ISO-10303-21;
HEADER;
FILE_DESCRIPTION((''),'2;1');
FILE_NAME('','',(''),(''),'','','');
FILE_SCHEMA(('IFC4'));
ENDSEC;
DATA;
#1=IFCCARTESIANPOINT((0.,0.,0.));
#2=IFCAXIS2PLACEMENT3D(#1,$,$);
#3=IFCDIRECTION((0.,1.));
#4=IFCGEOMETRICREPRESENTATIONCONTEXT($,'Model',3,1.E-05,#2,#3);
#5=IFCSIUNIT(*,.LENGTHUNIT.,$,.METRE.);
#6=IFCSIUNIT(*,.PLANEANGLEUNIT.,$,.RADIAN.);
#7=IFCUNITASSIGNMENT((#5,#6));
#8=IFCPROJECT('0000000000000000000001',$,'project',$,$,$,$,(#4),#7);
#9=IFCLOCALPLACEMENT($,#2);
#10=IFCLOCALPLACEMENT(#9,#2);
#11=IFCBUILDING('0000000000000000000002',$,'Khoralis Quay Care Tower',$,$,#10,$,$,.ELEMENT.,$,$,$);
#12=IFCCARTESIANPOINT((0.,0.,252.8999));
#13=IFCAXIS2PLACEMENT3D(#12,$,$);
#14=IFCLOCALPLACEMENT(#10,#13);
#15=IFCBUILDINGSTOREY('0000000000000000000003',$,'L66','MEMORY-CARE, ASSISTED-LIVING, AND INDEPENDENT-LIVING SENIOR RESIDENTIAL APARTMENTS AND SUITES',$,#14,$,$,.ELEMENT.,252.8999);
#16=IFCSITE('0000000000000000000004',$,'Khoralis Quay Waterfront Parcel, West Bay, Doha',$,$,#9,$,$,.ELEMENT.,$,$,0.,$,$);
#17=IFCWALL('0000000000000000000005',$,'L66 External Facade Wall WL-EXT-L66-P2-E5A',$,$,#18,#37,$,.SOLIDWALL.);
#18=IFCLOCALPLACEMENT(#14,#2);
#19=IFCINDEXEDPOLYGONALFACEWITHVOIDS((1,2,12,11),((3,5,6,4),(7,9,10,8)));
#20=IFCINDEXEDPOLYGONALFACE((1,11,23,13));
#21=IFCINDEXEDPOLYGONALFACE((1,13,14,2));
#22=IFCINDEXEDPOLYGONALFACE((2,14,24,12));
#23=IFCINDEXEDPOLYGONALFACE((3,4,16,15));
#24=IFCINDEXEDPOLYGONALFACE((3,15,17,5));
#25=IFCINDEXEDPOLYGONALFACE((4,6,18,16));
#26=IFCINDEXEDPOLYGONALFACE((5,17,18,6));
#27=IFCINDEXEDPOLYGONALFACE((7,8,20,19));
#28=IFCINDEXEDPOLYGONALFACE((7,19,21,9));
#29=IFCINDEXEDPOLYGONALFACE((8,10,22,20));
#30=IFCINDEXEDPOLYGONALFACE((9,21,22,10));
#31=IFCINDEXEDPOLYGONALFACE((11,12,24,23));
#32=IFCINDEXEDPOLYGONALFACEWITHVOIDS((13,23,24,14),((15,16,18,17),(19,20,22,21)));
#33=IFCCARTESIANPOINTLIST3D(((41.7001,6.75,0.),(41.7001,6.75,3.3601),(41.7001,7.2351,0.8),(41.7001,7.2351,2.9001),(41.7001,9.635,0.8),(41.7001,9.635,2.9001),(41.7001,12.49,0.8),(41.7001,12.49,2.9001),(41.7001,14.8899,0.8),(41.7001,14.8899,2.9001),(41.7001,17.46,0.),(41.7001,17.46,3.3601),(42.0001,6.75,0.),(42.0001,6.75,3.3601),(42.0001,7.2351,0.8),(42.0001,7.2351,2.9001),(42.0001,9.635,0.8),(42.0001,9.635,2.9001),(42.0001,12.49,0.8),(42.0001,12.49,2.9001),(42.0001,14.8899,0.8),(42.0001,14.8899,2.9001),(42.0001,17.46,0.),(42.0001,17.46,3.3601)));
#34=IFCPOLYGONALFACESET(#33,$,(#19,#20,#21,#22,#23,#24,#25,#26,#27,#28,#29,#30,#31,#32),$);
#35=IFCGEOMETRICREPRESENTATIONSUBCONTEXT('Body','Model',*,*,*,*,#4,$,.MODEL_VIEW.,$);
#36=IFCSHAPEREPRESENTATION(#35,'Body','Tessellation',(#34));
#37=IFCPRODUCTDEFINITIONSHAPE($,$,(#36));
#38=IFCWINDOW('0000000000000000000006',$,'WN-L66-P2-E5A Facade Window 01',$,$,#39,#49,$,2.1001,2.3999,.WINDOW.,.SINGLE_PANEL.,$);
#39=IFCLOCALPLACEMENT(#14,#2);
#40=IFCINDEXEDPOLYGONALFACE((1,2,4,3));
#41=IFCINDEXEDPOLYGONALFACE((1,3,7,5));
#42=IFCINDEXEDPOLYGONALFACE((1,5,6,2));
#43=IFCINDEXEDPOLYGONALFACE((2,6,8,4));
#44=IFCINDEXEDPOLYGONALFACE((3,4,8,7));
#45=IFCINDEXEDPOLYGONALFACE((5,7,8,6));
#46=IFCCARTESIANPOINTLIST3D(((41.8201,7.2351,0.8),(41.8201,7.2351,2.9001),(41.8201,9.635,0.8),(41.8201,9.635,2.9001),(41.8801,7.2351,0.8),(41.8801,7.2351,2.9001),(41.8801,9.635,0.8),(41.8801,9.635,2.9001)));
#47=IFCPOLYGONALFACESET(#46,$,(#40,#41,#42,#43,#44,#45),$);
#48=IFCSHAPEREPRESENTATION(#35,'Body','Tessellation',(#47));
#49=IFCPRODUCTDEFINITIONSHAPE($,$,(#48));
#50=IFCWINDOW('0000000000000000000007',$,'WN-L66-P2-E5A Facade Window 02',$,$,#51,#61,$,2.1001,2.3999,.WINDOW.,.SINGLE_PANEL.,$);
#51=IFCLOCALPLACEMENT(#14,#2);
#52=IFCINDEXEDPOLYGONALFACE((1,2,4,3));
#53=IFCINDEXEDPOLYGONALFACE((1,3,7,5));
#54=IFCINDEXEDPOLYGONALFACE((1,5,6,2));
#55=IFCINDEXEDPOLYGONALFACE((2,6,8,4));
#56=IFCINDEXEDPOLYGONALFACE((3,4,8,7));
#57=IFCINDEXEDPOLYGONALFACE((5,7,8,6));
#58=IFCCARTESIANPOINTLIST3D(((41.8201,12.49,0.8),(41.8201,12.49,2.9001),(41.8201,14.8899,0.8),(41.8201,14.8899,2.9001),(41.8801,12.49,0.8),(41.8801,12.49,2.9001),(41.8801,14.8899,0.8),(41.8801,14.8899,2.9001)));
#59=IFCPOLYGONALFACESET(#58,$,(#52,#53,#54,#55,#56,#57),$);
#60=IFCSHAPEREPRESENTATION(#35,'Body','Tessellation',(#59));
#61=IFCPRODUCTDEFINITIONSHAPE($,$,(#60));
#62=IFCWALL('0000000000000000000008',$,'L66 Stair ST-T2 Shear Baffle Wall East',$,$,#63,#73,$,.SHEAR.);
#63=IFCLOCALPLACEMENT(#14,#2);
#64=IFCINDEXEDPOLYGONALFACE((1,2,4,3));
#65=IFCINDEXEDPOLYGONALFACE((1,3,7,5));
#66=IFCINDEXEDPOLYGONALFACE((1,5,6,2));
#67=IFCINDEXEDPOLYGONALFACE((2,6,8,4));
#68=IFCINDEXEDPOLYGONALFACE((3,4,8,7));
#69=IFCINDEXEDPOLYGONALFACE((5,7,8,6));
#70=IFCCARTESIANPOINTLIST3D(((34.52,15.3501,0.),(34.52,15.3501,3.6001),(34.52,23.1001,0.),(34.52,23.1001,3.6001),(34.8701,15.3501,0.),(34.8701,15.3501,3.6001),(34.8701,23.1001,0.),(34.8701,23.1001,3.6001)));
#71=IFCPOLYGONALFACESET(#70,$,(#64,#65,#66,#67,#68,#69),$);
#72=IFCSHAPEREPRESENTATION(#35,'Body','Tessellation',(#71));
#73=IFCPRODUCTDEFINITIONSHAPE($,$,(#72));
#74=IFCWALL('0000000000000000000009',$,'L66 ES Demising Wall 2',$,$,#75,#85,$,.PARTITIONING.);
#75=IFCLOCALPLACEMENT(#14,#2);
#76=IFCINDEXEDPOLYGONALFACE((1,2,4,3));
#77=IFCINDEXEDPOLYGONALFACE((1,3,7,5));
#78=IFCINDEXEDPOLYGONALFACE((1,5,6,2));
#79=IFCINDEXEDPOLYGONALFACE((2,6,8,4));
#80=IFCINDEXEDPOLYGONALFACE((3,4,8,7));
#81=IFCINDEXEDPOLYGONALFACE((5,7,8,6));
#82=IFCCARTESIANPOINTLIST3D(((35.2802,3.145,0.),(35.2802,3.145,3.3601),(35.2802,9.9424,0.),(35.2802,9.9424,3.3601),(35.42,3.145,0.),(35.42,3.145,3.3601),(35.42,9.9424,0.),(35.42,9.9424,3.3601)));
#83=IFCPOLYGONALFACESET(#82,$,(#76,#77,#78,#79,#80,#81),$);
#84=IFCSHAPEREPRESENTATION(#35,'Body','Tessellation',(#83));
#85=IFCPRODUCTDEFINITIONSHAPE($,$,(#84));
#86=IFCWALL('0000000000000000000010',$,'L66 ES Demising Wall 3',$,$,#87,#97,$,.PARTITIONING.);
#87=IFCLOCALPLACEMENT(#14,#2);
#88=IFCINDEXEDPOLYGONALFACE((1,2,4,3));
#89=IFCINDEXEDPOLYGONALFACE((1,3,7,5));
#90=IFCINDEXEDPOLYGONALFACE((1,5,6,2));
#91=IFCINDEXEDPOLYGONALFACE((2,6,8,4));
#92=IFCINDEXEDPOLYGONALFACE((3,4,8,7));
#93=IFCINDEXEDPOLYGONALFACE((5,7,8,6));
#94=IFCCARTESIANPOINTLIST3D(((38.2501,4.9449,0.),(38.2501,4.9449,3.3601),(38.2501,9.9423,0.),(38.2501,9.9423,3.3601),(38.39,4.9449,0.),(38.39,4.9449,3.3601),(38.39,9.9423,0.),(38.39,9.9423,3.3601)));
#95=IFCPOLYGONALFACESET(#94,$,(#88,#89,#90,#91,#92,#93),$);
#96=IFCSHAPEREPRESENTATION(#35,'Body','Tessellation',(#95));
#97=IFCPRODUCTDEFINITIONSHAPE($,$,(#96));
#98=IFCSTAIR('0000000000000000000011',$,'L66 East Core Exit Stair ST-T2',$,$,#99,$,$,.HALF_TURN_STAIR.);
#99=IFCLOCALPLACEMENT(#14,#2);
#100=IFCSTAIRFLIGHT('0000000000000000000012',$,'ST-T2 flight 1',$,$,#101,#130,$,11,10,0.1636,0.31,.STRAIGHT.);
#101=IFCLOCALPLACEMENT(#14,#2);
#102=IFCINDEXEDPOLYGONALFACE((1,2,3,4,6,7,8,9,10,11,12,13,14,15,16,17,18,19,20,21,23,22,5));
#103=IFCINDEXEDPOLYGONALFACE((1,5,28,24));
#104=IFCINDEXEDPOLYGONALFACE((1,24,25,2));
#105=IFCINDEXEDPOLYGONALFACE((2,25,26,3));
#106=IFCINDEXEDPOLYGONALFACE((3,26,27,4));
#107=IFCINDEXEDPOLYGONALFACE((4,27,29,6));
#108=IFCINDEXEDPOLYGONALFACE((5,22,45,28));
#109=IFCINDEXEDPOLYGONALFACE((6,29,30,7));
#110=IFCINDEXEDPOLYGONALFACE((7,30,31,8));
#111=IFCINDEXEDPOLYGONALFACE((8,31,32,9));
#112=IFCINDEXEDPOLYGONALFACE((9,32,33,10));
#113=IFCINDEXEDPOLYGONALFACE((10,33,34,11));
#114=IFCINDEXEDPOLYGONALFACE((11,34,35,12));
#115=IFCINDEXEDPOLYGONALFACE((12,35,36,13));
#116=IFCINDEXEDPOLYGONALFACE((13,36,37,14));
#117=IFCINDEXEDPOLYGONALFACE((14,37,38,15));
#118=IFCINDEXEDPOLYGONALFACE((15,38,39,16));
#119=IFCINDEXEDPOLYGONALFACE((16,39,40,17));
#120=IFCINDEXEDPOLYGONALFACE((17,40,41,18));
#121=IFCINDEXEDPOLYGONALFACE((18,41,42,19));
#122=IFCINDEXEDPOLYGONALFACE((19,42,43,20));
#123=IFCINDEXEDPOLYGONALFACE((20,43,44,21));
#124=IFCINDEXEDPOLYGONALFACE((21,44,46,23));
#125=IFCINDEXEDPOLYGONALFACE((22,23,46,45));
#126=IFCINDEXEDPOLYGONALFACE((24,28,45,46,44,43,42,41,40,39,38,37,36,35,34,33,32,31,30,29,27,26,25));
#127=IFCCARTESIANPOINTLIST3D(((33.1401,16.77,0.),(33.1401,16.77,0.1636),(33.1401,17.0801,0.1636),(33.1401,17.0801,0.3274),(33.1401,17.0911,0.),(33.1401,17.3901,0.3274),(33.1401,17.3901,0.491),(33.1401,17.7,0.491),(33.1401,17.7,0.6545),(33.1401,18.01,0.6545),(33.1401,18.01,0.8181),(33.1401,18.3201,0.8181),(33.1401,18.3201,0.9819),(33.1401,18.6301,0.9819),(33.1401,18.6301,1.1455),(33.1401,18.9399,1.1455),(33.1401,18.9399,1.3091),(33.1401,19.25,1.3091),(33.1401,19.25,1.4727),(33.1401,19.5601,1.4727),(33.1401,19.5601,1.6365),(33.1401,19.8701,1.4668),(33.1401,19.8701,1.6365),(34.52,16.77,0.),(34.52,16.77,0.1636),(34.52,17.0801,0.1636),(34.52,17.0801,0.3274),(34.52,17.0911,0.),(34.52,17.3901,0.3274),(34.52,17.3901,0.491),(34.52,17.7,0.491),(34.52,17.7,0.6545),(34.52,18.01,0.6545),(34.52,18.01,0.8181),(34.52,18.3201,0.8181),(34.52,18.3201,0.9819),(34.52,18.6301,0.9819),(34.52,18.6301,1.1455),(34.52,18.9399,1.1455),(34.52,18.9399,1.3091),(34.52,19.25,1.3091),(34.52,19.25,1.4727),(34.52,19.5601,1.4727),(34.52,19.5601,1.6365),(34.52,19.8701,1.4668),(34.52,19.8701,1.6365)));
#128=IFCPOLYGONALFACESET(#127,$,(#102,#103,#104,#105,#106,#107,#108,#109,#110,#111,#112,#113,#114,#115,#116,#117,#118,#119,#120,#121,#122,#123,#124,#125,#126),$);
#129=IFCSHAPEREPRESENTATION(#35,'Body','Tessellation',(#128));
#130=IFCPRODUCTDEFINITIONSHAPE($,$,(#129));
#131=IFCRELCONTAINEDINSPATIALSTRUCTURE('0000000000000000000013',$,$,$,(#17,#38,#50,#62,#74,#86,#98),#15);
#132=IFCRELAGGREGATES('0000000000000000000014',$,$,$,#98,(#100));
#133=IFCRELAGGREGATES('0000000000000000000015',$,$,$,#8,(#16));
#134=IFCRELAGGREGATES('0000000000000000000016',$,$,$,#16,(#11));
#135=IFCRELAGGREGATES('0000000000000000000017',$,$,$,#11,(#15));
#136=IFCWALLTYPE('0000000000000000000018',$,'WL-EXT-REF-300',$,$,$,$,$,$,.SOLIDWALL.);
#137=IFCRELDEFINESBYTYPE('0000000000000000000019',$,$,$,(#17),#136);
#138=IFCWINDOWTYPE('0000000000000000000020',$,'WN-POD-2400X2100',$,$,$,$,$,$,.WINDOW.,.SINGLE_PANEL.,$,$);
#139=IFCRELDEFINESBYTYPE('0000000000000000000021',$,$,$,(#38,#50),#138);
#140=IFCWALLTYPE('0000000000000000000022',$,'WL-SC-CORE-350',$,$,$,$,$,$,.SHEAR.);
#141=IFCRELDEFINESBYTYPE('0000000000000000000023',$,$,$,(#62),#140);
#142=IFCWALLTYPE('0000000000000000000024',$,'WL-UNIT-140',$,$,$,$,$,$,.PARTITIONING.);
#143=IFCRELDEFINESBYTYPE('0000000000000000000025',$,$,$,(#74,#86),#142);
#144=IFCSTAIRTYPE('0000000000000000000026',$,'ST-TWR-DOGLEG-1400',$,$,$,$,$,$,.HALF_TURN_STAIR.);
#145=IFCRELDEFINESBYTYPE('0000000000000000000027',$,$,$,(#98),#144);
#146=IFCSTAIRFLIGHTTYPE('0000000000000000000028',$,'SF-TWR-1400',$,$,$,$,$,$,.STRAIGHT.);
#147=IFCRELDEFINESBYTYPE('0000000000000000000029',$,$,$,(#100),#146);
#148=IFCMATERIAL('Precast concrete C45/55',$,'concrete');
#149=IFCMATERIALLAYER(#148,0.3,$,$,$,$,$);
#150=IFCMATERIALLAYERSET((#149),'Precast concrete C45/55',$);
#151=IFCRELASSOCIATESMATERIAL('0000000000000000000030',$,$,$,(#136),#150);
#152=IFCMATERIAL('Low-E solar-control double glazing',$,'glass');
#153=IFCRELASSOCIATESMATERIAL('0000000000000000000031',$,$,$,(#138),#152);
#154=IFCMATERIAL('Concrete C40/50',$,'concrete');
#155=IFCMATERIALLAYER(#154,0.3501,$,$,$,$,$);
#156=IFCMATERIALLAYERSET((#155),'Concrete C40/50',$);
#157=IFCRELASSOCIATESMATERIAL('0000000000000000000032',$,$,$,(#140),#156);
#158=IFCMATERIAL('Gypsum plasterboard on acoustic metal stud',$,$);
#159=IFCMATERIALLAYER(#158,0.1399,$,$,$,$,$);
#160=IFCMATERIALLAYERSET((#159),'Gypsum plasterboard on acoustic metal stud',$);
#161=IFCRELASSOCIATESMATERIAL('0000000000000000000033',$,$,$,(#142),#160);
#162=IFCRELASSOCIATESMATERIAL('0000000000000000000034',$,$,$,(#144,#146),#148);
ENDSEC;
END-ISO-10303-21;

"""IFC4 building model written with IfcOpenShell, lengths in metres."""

from ifc_helpers import new_model, si_unit, direction, frame, frame_2d, origin, place, context, subcontext, project, spatial, polyline, rectangle, outline, extrude, source, transform, mapped, material, layer, layer_set, type_object, element, fill, aggregate, save


model = new_model("IFC4")

# Units and contexts
model_context = context("Model", 3, precision=1e-05, world=origin(), true_north=direction((0.0, 1.0)))
body_context = subcontext(model_context, "Body", "Model", "MODEL_VIEW")
ifc_project = project(units=[si_unit("LENGTHUNIT", "METRE"), si_unit("PLANEANGLEUNIT", "RADIAN")], contexts=[model_context])

# Site, building, storey
site_placement = place(None, origin())
site = spatial("IfcSite", under=ifc_project, at=site_placement, Name="Khoralis Quay Waterfront Parcel, West Bay, Doha", CompositionType="ELEMENT", RefElevation=0.0)
building_placement = place(site_placement, origin())
building = spatial("IfcBuilding", under=site, at=building_placement, Name="Khoralis Quay Care Tower", CompositionType="ELEMENT")
storey_placement = place(building_placement, frame((0.0, 0.0, 252.8999)))
storey = spatial("IfcBuildingStorey", under=building, at=storey_placement, Name="L66", Description="MEMORY-CARE, ASSISTED-LIVING, AND INDEPENDENT-LIVING SENIOR RESIDENTIAL APARTMENTS AND SUITES", CompositionType="ELEMENT", Elevation=252.8999)

# Shared definitions
ifc_material_1 = material(Name="Gypsum plasterboard on acoustic metal stud")

# Shared definitions
ifc_material_2 = material(Name="Precast concrete C45/55", Category="concrete")
ifc_layer_1 = layer(ifc_material_2, 0.3)
ifc_layer_set_1 = layer_set([ifc_layer_1], Name="Precast concrete C45/55")
wall_type_1 = type_object("IfcWallType", Name="WL-EXT-REF-300", PredefinedType="SOLIDWALL", material=ifc_layer_set_1)

# Wall, openings, windows
wall_1_placement = place(storey_placement, frame((41.8501, 6.75, 0.0), z_axis=(0.0, 0.0, 1.0), x_axis=(0.0, 1.0, 0.0)))
wall_1 = element("IfcWall", 1, at=wall_1_placement, inside=storey, type_object=wall_type_1, Name="L66 External Facade Wall WL-EXT-L66-P2-E5A", PredefinedType="SOLIDWALL", context=body_context, shape_type="SweptSolid", body=[
    extrude(rectangle(XDim=10.71, YDim=0.3, at=frame_2d((5.355, 0.0))), origin(), (0.0, 0.0, 1.0), 3.3601),
])
opening_1_placement = place(wall_1_placement, frame((0.4851, 0.0, 0.8)))
opening_1 = element("IfcOpeningElement", 2, at=opening_1_placement, cuts=wall_1, PredefinedType="OPENING", context=body_context, shape_type="SweptSolid", body=[
    extrude(rectangle(XDim=2.3999, YDim=2.1001, at=frame_2d((1.2, 1.05))), frame((0.0, 0.1602, 0.0), z_axis=(0.0, -1.0, 0.0), x_axis=(1.0, 0.0, 0.0)), (0.0, 0.0, 1.0), 0.3201),
])
opening_2_placement = place(wall_1_placement, frame((5.74, 0.0, 0.8)))
opening_2 = element("IfcOpeningElement", 3, at=opening_2_placement, cuts=wall_1, PredefinedType="OPENING", context=body_context, shape_type="SweptSolid", body=[
    extrude(rectangle(XDim=2.3999, YDim=2.1001, at=frame_2d((1.2, 1.05))), frame((0.0, 0.1602, 0.0), z_axis=(0.0, -1.0, 0.0), x_axis=(1.0, 0.0, 0.0)), (0.0, 0.0, 1.0), 0.3201),
])
ifc_material_3 = material(Name="Low-E solar-control double glazing", Category="glass")
window_type = type_object("IfcWindowType", Name="WN-POD-2400X2100", PartitioningType="SINGLE_PANEL", PredefinedType="WINDOW", material=ifc_material_3)
shared_shape_1 = source(origin(), body_context, "Body", "SweptSolid", [
    extrude(rectangle(XDim=2.3999, YDim=2.1001, at=frame_2d((1.2, 1.05))), frame((0.0, 0.03, 0.0), z_axis=(0.0, -1.0, 0.0), x_axis=(1.0, 0.0, 0.0)), (0.0, 0.0, 1.0), 0.0601),
])
window_1_placement = place(opening_1_placement, origin())
window_1 = element("IfcWindow", 4, at=window_1_placement, inside=storey, type_object=window_type, Name="WN-L66-P2-E5A Facade Window 01", OverallHeight=2.1001, OverallWidth=2.3999, PartitioningType="SINGLE_PANEL", PredefinedType="WINDOW", context=body_context, shape_type="MappedRepresentation", body=[
    mapped(shared_shape_1, transform((0.0, 0.0, 0.0), scale=1.0)),
])
fill(opening_1, window_1)
window_2_placement = place(opening_2_placement, origin())
window_2 = element("IfcWindow", 5, at=window_2_placement, inside=storey, type_object=window_type, Name="WN-L66-P2-E5A Facade Window 02", OverallHeight=2.1001, OverallWidth=2.3999, PartitioningType="SINGLE_PANEL", PredefinedType="WINDOW", context=body_context, shape_type="MappedRepresentation", body=[
    mapped(shared_shape_1, transform((0.0, 0.0, 0.0), scale=1.0)),
])
fill(opening_2, window_2)

# Walls
ifc_material_4 = material(Name="Concrete C40/50", Category="concrete")
ifc_layer_2 = layer(ifc_material_4, 0.3501)
ifc_layer_set_2 = layer_set([ifc_layer_2], Name="Concrete C40/50")
wall_type_2 = type_object("IfcWallType", Name="WL-SC-CORE-350", PredefinedType="SHEAR", material=ifc_layer_set_2)
wall_2_placement = place(storey_placement, frame((34.6951, 15.3501, 0.0), z_axis=(0.0, 0.0, 1.0), x_axis=(0.0, 1.0, 0.0)))
element("IfcWall", 6, at=wall_2_placement, inside=storey, type_object=wall_type_2, Name="L66 Stair ST-T2 Shear Baffle Wall East", PredefinedType="SHEAR", context=body_context, shape_type="SweptSolid", body=[
    extrude(rectangle(XDim=7.75, YDim=0.3501, at=frame_2d((3.875, 0.0))), origin(), (0.0, 0.0, 1.0), 3.6001),
])
ifc_layer_3 = layer(ifc_material_1, 0.1399)
ifc_layer_set_3 = layer_set([ifc_layer_3], Name="Gypsum plasterboard on acoustic metal stud")
wall_type_3 = type_object("IfcWallType", Name="WL-UNIT-140", PredefinedType="PARTITIONING", material=ifc_layer_set_3)
wall_3_placement = place(storey_placement, frame((35.3501, 3.145, 0.0), z_axis=(0.0, 0.0, 1.0), x_axis=(0.0, 1.0, 0.0)))
element("IfcWall", 7, at=wall_3_placement, inside=storey, type_object=wall_type_3, Name="L66 ES Demising Wall 2", PredefinedType="PARTITIONING", context=body_context, shape_type="SweptSolid", body=[
    extrude(rectangle(XDim=6.7974, YDim=0.1399, at=frame_2d((3.3987, 0.0))), origin(), (0.0, 0.0, 1.0), 3.3601),
])
wall_4_placement = place(storey_placement, frame((38.3201, 4.9451, 0.0), z_axis=(0.0, 0.0, 1.0), x_axis=(0.0, 1.0, 0.0)))
element("IfcWall", 8, at=wall_4_placement, inside=storey, type_object=wall_type_3, Name="L66 ES Demising Wall 3", PredefinedType="PARTITIONING", context=body_context, shape_type="SweptSolid", body=[
    extrude(rectangle(XDim=4.9973, YDim=0.1399, at=frame_2d((2.4985, 0.0))), origin(), (0.0, 0.0, 1.0), 3.3601),
])

# Stair, stair flight
stair_type = type_object("IfcStairType", Name="ST-TWR-DOGLEG-1400", PredefinedType="HALF_TURN_STAIR", material=ifc_material_2)
stair_placement = place(storey_placement, origin())
stair = element("IfcStair", 9, at=stair_placement, inside=storey, type_object=stair_type, Name="L66 East Core Exit Stair ST-T2", PredefinedType="HALF_TURN_STAIR")
stair_flight_type = type_object("IfcStairFlightType", Name="SF-TWR-1400", PredefinedType="STRAIGHT", material=ifc_material_2)
shared_shape_2 = source(origin(), body_context, "Body", "SweptSolid", [
    extrude(outline(polyline([(0.0, 0.0), (0.0, 0.1636), (0.3101, 0.1636), (0.3101, 0.3274), (0.6201, 0.3274), (0.6201, 0.491), (0.9299, 0.491), (0.9299, 0.6545), (1.24, 0.6545), (1.24, 0.8181), (1.55, 0.8181), (1.55, 0.9819), (1.8601, 0.9819), (1.8601, 1.1455), (2.1699, 1.1455), (2.1699, 1.3091), (2.48, 1.3091), (2.48, 1.4727), (2.79, 1.4727), (2.79, 1.6365), (3.1001, 1.6365), (3.1001, 1.8), (3.1001, 1.4668), (0.321, 0.0), (0.0, 0.0)])), frame((0.0, 0.6899, 0.0), z_axis=(0.0, -1.0, 0.0), x_axis=(1.0, 0.0, 0.0)), (0.0, 0.0, 1.0), 1.3799),
])
stair_flight_placement = place(storey_placement, frame((33.8301, 16.77, 0.0), z_axis=(0.0, 0.0, 1.0), x_axis=(0.0, 1.0, 0.0)))
stair_flight = element("IfcStairFlight", 10, at=stair_flight_placement, type_object=stair_flight_type, Name="ST-T2 flight 1", NumberOfRisers=11, NumberOfTreads=10, PredefinedType="STRAIGHT", RiserHeight=0.1636, TreadLength=0.31, context=body_context, shape_type="MappedRepresentation", body=[
    mapped(shared_shape_2, transform((0.0, 0.0, 0.0), scale=1.0)),
])
aggregate(stair, [stair_flight])

save(model, "model.ifc")
